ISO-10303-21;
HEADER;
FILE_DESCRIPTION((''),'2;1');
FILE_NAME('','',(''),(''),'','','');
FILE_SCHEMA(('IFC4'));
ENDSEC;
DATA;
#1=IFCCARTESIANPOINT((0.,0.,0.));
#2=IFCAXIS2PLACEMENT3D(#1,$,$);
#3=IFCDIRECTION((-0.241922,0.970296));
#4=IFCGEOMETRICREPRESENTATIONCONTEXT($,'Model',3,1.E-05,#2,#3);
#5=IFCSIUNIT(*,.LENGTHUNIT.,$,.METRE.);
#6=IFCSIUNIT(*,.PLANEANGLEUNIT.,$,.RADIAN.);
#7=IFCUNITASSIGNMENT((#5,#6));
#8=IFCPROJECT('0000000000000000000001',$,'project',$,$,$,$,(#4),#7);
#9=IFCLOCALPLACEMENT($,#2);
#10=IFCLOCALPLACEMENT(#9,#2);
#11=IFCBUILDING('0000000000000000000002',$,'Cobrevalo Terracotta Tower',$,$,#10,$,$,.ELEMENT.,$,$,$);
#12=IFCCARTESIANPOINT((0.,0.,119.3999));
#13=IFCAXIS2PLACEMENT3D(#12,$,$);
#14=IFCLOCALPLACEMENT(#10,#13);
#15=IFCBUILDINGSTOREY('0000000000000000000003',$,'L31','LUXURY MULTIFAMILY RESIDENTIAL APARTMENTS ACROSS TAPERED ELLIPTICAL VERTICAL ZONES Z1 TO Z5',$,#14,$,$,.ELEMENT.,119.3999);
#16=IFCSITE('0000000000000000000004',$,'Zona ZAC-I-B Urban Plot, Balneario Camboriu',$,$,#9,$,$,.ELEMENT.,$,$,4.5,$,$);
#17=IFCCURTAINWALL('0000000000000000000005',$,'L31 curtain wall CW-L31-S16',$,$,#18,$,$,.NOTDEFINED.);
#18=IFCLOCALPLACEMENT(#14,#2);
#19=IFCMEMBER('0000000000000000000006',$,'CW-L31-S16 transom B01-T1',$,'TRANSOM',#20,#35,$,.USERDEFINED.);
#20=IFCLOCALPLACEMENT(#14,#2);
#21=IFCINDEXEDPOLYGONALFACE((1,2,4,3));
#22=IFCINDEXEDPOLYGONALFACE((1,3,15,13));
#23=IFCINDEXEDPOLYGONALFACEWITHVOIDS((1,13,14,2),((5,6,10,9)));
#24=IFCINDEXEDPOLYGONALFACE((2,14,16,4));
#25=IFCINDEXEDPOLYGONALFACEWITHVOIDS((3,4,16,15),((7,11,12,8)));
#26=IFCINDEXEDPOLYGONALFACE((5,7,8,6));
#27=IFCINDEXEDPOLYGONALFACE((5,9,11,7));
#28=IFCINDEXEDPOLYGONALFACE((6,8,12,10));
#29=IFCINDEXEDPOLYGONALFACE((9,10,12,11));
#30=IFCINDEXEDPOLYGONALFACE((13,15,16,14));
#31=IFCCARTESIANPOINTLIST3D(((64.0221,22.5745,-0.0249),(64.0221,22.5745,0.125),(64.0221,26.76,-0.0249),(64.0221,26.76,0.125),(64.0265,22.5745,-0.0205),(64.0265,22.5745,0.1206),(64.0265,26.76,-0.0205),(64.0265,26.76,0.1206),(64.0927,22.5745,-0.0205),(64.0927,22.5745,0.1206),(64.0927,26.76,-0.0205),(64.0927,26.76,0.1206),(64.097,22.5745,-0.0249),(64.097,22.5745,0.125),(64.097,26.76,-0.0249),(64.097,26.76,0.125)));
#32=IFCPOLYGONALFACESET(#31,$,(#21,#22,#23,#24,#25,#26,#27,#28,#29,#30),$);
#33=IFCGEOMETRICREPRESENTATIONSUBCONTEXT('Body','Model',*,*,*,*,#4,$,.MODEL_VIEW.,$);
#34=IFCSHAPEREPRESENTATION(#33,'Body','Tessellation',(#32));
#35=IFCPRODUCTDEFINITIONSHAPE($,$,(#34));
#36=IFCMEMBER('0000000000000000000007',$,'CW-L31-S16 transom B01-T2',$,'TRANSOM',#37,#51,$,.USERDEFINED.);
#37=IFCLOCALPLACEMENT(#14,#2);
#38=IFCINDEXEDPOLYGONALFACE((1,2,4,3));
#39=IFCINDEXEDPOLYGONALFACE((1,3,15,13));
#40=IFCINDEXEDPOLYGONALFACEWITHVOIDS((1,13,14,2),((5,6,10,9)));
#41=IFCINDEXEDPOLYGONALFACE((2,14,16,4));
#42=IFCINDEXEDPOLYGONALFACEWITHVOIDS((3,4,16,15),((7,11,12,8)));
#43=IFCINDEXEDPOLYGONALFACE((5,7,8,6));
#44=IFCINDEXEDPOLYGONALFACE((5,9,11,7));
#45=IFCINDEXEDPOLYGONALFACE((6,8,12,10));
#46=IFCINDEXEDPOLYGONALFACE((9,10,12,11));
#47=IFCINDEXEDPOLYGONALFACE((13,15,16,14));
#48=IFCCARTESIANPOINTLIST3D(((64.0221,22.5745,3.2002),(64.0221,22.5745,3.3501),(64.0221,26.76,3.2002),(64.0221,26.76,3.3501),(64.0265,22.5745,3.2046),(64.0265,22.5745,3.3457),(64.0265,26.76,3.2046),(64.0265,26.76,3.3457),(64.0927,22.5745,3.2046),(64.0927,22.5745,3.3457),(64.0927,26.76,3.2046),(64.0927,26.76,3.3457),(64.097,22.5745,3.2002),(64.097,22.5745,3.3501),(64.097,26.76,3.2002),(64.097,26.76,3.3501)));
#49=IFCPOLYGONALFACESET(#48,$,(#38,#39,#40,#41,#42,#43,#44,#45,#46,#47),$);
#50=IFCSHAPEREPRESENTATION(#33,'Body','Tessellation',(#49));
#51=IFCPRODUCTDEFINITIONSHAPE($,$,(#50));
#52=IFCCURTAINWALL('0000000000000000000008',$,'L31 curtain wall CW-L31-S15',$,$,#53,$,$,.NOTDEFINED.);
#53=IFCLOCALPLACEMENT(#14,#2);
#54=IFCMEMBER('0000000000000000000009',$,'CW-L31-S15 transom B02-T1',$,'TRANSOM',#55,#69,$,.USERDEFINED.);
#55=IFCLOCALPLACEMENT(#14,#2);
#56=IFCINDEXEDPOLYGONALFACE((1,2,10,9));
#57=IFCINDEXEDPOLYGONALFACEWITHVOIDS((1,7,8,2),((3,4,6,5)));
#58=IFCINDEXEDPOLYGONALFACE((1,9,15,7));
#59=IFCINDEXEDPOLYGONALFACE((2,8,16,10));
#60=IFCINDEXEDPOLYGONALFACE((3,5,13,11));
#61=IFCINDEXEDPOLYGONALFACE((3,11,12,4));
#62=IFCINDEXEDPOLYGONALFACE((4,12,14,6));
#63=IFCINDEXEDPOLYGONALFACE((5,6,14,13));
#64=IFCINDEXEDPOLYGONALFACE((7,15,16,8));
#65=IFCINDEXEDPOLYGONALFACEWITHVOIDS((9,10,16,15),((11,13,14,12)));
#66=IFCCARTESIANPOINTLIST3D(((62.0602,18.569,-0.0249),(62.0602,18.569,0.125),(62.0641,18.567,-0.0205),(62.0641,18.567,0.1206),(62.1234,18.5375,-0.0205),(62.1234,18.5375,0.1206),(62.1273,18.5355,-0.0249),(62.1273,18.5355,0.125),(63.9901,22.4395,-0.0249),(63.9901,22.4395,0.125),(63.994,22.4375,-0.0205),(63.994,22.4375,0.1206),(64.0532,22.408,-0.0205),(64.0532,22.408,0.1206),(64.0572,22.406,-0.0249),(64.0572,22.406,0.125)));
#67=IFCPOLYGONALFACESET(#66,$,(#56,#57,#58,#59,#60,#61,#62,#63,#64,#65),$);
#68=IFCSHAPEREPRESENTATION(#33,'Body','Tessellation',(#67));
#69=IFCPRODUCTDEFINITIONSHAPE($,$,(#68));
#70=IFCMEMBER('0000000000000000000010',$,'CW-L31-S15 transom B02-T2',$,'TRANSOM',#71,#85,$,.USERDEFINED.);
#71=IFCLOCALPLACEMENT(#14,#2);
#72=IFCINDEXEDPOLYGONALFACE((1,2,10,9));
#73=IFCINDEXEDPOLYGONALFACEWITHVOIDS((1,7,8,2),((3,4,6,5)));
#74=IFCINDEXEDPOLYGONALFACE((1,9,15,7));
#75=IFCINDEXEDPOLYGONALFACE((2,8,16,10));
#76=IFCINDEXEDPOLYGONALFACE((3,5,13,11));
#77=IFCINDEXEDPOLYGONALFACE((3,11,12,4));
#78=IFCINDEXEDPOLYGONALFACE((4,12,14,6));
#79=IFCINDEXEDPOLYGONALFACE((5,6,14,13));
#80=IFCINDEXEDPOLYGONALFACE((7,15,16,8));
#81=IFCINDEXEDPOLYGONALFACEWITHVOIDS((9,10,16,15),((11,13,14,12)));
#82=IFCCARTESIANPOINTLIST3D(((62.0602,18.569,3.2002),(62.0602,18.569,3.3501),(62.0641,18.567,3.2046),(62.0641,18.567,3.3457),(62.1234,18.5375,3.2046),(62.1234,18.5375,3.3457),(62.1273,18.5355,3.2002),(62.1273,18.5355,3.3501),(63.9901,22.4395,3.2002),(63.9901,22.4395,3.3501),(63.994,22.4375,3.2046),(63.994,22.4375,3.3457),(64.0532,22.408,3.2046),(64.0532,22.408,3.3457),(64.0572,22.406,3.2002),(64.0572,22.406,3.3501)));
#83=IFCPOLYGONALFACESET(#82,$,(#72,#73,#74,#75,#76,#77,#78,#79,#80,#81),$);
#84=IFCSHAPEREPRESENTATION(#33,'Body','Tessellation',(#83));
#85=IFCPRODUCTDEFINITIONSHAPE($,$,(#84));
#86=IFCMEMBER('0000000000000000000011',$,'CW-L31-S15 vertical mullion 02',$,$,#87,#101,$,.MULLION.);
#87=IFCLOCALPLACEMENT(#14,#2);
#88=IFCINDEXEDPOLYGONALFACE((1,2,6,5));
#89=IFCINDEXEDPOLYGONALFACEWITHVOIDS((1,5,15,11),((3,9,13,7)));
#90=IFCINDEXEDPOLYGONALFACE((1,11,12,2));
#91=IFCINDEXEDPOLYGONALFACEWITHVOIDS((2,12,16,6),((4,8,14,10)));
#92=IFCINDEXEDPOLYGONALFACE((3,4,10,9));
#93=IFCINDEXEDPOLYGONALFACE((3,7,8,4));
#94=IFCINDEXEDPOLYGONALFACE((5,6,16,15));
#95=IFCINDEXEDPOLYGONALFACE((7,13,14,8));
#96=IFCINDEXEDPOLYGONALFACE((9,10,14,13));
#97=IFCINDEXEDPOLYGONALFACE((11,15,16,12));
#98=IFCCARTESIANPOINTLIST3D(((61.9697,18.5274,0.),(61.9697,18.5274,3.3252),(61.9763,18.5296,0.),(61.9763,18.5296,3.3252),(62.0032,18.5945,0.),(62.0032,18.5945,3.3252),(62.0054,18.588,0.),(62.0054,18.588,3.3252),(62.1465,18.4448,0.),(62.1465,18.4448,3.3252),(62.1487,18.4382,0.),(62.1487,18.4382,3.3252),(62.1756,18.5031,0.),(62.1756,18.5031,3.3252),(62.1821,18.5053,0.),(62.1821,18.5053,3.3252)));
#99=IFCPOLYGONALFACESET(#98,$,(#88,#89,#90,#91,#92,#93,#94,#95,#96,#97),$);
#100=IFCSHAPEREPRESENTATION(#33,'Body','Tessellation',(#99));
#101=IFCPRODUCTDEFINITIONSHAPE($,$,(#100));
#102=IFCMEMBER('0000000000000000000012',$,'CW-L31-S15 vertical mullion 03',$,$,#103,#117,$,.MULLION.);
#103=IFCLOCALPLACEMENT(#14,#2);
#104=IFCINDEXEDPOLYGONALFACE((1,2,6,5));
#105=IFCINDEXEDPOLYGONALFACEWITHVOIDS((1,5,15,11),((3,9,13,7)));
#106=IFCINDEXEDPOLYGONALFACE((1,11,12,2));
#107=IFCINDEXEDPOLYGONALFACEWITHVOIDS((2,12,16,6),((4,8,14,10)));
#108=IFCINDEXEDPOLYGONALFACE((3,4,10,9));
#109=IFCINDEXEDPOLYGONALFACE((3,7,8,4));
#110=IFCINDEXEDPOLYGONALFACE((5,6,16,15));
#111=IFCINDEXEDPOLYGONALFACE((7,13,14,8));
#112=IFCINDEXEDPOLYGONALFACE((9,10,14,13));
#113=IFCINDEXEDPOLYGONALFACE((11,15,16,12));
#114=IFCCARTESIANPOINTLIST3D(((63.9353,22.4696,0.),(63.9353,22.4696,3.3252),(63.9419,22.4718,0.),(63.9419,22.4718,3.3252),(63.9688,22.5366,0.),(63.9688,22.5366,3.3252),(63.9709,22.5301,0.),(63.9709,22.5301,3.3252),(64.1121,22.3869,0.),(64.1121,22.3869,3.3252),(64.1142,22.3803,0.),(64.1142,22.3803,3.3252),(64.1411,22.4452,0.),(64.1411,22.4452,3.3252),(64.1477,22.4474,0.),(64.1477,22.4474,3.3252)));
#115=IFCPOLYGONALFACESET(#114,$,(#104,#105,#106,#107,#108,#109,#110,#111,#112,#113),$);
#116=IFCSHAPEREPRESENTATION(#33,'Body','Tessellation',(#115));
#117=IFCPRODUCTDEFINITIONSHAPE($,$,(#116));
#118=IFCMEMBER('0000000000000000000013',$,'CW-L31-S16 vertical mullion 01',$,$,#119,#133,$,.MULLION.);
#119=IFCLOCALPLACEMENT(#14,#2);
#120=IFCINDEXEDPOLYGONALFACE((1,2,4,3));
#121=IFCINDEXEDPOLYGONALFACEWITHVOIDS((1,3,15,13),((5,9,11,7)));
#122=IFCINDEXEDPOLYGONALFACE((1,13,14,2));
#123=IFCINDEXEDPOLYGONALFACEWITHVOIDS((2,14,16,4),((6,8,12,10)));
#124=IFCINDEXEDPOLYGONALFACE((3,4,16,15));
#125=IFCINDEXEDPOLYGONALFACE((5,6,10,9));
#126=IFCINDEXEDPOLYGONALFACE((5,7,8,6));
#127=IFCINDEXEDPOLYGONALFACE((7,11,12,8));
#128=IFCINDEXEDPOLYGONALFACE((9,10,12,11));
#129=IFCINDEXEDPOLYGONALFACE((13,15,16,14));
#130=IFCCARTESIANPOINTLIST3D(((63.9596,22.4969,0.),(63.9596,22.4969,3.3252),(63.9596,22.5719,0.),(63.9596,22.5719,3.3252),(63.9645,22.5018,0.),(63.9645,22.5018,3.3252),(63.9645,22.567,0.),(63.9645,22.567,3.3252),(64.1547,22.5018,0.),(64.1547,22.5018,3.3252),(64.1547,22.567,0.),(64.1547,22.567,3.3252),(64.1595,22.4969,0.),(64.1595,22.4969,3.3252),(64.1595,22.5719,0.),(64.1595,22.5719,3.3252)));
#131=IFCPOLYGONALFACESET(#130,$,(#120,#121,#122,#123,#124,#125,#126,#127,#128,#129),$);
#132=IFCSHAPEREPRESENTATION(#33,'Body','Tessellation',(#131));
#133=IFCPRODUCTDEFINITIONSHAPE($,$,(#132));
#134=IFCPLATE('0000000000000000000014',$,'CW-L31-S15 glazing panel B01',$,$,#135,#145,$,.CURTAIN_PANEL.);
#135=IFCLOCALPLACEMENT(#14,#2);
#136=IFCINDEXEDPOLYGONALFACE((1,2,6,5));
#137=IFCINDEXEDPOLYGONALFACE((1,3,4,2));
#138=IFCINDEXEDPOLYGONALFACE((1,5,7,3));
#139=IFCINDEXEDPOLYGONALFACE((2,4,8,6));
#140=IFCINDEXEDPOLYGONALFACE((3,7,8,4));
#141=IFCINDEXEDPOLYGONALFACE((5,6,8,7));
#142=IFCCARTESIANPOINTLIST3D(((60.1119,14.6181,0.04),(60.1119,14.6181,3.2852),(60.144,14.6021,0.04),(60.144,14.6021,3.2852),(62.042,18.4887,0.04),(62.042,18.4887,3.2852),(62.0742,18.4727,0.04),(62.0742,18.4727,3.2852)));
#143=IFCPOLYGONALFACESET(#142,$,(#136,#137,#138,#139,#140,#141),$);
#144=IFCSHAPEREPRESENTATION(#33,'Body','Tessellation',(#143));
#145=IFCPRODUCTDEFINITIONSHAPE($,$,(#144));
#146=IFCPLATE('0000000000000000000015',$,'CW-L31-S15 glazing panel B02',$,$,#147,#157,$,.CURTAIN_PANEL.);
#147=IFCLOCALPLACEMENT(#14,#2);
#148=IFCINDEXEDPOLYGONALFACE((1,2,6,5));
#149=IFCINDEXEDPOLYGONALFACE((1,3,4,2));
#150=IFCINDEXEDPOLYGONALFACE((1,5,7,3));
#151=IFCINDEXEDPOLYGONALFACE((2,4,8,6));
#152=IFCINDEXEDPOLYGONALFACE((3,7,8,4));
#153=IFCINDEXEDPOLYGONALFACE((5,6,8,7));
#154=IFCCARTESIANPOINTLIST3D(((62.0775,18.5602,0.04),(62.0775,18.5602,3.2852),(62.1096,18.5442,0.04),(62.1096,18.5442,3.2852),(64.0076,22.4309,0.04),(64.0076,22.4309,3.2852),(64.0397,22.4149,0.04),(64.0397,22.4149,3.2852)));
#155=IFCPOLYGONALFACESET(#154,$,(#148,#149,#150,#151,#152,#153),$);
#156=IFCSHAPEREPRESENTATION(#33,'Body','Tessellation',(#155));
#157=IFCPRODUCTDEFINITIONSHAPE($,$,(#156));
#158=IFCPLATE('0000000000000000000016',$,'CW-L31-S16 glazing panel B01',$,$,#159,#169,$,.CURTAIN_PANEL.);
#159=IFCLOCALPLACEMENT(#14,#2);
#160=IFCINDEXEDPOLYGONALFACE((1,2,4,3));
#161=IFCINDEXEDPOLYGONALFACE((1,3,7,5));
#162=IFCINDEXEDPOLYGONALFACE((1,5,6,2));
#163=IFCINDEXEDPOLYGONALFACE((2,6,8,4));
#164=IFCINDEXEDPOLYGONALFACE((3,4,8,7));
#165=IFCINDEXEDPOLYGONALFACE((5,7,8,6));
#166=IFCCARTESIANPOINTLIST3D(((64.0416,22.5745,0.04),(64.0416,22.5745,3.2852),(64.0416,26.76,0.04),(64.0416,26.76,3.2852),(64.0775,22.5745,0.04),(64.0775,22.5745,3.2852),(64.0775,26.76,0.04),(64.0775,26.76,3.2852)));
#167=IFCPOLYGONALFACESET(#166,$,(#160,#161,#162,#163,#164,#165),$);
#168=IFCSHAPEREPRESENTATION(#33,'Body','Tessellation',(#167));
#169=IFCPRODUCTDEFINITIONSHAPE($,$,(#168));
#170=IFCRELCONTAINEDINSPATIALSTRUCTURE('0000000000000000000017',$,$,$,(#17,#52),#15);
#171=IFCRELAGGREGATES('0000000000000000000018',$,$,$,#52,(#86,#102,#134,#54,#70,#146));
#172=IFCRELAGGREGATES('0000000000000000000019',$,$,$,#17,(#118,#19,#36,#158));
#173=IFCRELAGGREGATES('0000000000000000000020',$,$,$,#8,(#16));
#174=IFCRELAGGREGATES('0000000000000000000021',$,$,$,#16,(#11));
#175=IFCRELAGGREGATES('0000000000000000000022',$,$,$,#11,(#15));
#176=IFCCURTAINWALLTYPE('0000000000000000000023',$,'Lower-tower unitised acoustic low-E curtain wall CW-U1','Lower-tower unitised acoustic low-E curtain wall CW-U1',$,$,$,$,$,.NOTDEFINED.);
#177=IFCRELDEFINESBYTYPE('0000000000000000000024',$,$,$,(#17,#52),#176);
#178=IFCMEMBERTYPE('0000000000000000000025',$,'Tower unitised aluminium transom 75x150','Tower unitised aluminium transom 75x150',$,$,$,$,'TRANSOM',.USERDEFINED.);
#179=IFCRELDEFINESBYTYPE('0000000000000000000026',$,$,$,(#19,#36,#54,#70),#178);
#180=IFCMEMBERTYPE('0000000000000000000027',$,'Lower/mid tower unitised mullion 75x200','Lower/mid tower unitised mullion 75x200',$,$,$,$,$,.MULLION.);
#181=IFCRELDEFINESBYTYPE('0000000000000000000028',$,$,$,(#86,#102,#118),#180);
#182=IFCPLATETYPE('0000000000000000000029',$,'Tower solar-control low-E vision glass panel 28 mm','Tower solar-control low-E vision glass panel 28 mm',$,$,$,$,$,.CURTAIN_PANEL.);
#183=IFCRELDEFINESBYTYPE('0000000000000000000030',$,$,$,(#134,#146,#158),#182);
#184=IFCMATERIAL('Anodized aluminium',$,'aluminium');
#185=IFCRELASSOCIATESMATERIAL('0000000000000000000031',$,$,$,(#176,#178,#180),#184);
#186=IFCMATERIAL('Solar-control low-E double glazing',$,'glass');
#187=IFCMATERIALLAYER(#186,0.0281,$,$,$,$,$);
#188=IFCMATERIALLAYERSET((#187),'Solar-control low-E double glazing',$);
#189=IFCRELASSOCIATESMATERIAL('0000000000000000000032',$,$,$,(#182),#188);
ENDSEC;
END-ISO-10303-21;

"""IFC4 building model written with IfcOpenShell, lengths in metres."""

from ifc_helpers import new_model, si_unit, direction, frame, origin, origin_2d, place, context, subcontext, project, spatial, rectangle, hollow_rectangle, extrude, source, transform, mapped, material, layer, layer_set, material_profile, profile_set, type_object, element, aggregate, save


model = new_model("IFC4")

# Units and contexts
model_context = context("Model", 3, precision=1e-05, world=origin(), true_north=direction((-0.241922, 0.970296)))
body_context = subcontext(model_context, "Body", "Model", "MODEL_VIEW")
ifc_project = project(units=[si_unit("LENGTHUNIT", "METRE"), si_unit("PLANEANGLEUNIT", "RADIAN")], contexts=[model_context])

# Site, building, storey
site_placement = place(None, origin())
site = spatial("IfcSite", under=ifc_project, at=site_placement, Name="Zona ZAC-I-B Urban Plot, Balneario Camboriu", CompositionType="ELEMENT", RefElevation=4.5)
building_placement = place(site_placement, origin())
building = spatial("IfcBuilding", under=site, at=building_placement, Name="Cobrevalo Terracotta Tower", CompositionType="ELEMENT")
storey_placement = place(building_placement, frame((0.0, 0.0, 119.3999)))
storey = spatial("IfcBuildingStorey", under=building, at=storey_placement, Name="L31", Description="LUXURY MULTIFAMILY RESIDENTIAL APARTMENTS ACROSS TAPERED ELLIPTICAL VERTICAL ZONES Z1 TO Z5", CompositionType="ELEMENT", Elevation=119.3999)

# Curtain walls, members
ifc_material_1 = material(Name="Anodized aluminium", Category="aluminium")
curtain_wall_type = type_object("IfcCurtainWallType", Name="Lower-tower unitised acoustic low-E curtain wall CW-U1", Description="Lower-tower unitised acoustic low-E curtain wall CW-U1", PredefinedType="NOTDEFINED", material=ifc_material_1)
curtain_wall_1_placement = place(storey_placement, origin())
curtain_wall_1 = element("IfcCurtainWall", 1, at=curtain_wall_1_placement, inside=storey, type_object=curtain_wall_type, Name="L31 curtain wall CW-L31-S16", PredefinedType="NOTDEFINED")
ifc_material_profile_1 = material_profile(ifc_material_1, hollow_rectangle(XDim=0.075, YDim=0.1499, WallThickness=0.0044, at=origin_2d()), Name="CWT 75x150")
ifc_profile_set_1 = profile_set([ifc_material_profile_1], Name="Anodized aluminium")
member_type_1 = type_object("IfcMemberType", Name="Tower unitised aluminium transom 75x150", Description="Tower unitised aluminium transom 75x150", ElementType="TRANSOM", PredefinedType="USERDEFINED", material=ifc_profile_set_1)
shared_shape_1 = source(origin(), body_context, "Body", "SweptSolid", [
    extrude(hollow_rectangle(XDim=0.075, YDim=0.1499, WallThickness=0.0044, at=origin_2d()), origin(), (0.0, 0.0, 1.0), 4.1855),
])
member_1_placement = place(storey_placement, frame((64.0596, 22.5745, 0.05), z_axis=(0.0, 1.0, 0.0), x_axis=(-1.0, 0.0, 0.0)))
member_1 = element("IfcMember", 2, at=member_1_placement, type_object=member_type_1, Name="CW-L31-S16 transom B01-T1", ObjectType="TRANSOM", PredefinedType="USERDEFINED", context=body_context, shape_type="MappedRepresentation", body=[
    mapped(shared_shape_1, transform((0.0, 0.0, 0.0), scale=1.0)),
])
member_2_placement = place(storey_placement, frame((64.0596, 22.5745, 3.2751), z_axis=(0.0, 1.0, 0.0), x_axis=(-1.0, 0.0, 0.0)))
member_2 = element("IfcMember", 3, at=member_2_placement, type_object=member_type_1, Name="CW-L31-S16 transom B01-T2", ObjectType="TRANSOM", PredefinedType="USERDEFINED", context=body_context, shape_type="MappedRepresentation", body=[
    mapped(shared_shape_1, transform((0.0, 0.0, 0.0), scale=1.0)),
])
curtain_wall_2_placement = place(storey_placement, origin())
curtain_wall_2 = element("IfcCurtainWall", 4, at=curtain_wall_2_placement, inside=storey, type_object=curtain_wall_type, Name="L31 curtain wall CW-L31-S15", PredefinedType="NOTDEFINED")
shared_shape_2 = source(origin(), body_context, "Body", "SweptSolid", [
    extrude(hollow_rectangle(XDim=0.075, YDim=0.1499, WallThickness=0.0044, at=origin_2d()), origin(), (0.0, 0.0, 1.0), 4.325),
])
member_3_placement = place(storey_placement, frame((62.0938, 18.5522, 0.05), z_axis=(0.44622, 0.894923, 0.0), x_axis=(-0.894923, 0.44622, 0.0)))
member_3 = element("IfcMember", 5, at=member_3_placement, type_object=member_type_1, Name="CW-L31-S15 transom B02-T1", ObjectType="TRANSOM", PredefinedType="USERDEFINED", context=body_context, shape_type="MappedRepresentation", body=[
    mapped(shared_shape_2, transform((0.0, 0.0, 0.0), scale=1.0)),
])
member_4_placement = place(storey_placement, frame((62.0938, 18.5522, 3.2751), z_axis=(0.44622, 0.894923, 0.0), x_axis=(-0.894923, 0.44622, 0.0)))
member_4 = element("IfcMember", 6, at=member_4_placement, type_object=member_type_1, Name="CW-L31-S15 transom B02-T2", ObjectType="TRANSOM", PredefinedType="USERDEFINED", context=body_context, shape_type="MappedRepresentation", body=[
    mapped(shared_shape_2, transform((0.0, 0.0, 0.0), scale=1.0)),
])
ifc_material_profile_2 = material_profile(ifc_material_1, hollow_rectangle(XDim=0.075, YDim=0.2, WallThickness=0.0049, at=origin_2d()), Name="CWM 75x200")
ifc_profile_set_2 = profile_set([ifc_material_profile_2], Name="Anodized aluminium")
member_type_2 = type_object("IfcMemberType", Name="Lower/mid tower unitised mullion 75x200", Description="Lower/mid tower unitised mullion 75x200", PredefinedType="MULLION", material=ifc_profile_set_2)
shared_shape_3 = source(origin(), body_context, "Body", "SweptSolid", [
    extrude(hollow_rectangle(XDim=0.075, YDim=0.2, WallThickness=0.0049, at=origin_2d()), origin(), (0.0, 0.0, 1.0), 3.3252),
])
member_5_placement = place(storey_placement, frame((62.0759, 18.5164, 0.0), z_axis=(0.0, 0.0, 1.0), x_axis=(0.44626, 0.894903, 0.0)))
member_5 = element("IfcMember", 7, at=member_5_placement, type_object=member_type_2, Name="CW-L31-S15 vertical mullion 02", PredefinedType="MULLION", context=body_context, shape_type="MappedRepresentation", body=[
    mapped(shared_shape_3, transform((0.0, 0.0, 0.0), scale=1.0)),
])
member_6_placement = place(storey_placement, frame((64.0415, 22.4585, 0.0), z_axis=(0.0, 0.0, 1.0), x_axis=(0.44626, 0.894903, 0.0)))
member_6 = element("IfcMember", 8, at=member_6_placement, type_object=member_type_2, Name="CW-L31-S15 vertical mullion 03", PredefinedType="MULLION", context=body_context, shape_type="MappedRepresentation", body=[
    mapped(shared_shape_3, transform((0.0, 0.0, 0.0), scale=1.0)),
])

# Member
member_7_placement = place(storey_placement, frame((64.0596, 22.5344, 0.0), z_axis=(0.0, 0.0, 1.0), x_axis=(0.0, 1.0, 0.0)))
member_7 = element("IfcMember", 9, at=member_7_placement, type_object=member_type_2, Name="CW-L31-S16 vertical mullion 01", PredefinedType="MULLION", context=body_context, shape_type="MappedRepresentation", body=[
    mapped(shared_shape_3, transform((0.0, 0.0, 0.0), scale=1.0)),
])

# Plates
ifc_material_2 = material(Name="Solar-control low-E double glazing", Category="glass")
ifc_layer_1 = layer(ifc_material_2, 0.0281)
ifc_layer_set_1 = layer_set([ifc_layer_1], Name="Solar-control low-E double glazing")
plate_type = type_object("IfcPlateType", Name="Tower solar-control low-E vision glass panel 28 mm", Description="Tower solar-control low-E vision glass panel 28 mm", PredefinedType="CURTAIN_PANEL", material=ifc_layer_set_1)
shared_shape_4 = source(origin(), body_context, "Body", "SweptSolid", [
    extrude(rectangle(XDim=4.3252, YDim=0.0359, at=origin_2d()), origin(), (0.0, 0.0, 1.0), 3.2451),
])
plate_1_placement = place(storey_placement, frame((61.093, 16.5454, 0.04), z_axis=(0.0, 0.0, 1.0), x_axis=(0.446262, 0.894902, 0.0)))
plate_1 = element("IfcPlate", 10, at=plate_1_placement, type_object=plate_type, Name="CW-L31-S15 glazing panel B01", PredefinedType="CURTAIN_PANEL", context=body_context, shape_type="MappedRepresentation", body=[
    mapped(shared_shape_4, transform((0.0, 0.0, 0.0), scale=1.0)),
])
plate_2_placement = place(storey_placement, frame((63.0586, 20.4875, 0.04), z_axis=(0.0, 0.0, 1.0), x_axis=(0.446262, 0.894902, 0.0)))
plate_2 = element("IfcPlate", 11, at=plate_2_placement, type_object=plate_type, Name="CW-L31-S15 glazing panel B02", PredefinedType="CURTAIN_PANEL", context=body_context, shape_type="MappedRepresentation", body=[
    mapped(shared_shape_4, transform((0.0, 0.0, 0.0), scale=1.0)),
])
aggregate(curtain_wall_2, [member_5, member_6, plate_1, member_3, member_4, plate_2])
shared_shape_5 = source(origin(), body_context, "Body", "SweptSolid", [
    extrude(rectangle(XDim=4.1855, YDim=0.0359, at=origin_2d()), origin(), (0.0, 0.0, 1.0), 3.2451),
])
plate_3_placement = place(storey_placement, frame((64.0596, 24.6672, 0.04), z_axis=(0.0, 0.0, 1.0), x_axis=(0.0, 1.0, 0.0)))
plate_3 = element("IfcPlate", 12, at=plate_3_placement, type_object=plate_type, Name="CW-L31-S16 glazing panel B01", PredefinedType="CURTAIN_PANEL", context=body_context, shape_type="MappedRepresentation", body=[
    mapped(shared_shape_5, transform((0.0, 0.0, 0.0), scale=1.0)),
])
aggregate(curtain_wall_1, [member_7, member_1, member_2, plate_3])

save(model, "model.ifc")
